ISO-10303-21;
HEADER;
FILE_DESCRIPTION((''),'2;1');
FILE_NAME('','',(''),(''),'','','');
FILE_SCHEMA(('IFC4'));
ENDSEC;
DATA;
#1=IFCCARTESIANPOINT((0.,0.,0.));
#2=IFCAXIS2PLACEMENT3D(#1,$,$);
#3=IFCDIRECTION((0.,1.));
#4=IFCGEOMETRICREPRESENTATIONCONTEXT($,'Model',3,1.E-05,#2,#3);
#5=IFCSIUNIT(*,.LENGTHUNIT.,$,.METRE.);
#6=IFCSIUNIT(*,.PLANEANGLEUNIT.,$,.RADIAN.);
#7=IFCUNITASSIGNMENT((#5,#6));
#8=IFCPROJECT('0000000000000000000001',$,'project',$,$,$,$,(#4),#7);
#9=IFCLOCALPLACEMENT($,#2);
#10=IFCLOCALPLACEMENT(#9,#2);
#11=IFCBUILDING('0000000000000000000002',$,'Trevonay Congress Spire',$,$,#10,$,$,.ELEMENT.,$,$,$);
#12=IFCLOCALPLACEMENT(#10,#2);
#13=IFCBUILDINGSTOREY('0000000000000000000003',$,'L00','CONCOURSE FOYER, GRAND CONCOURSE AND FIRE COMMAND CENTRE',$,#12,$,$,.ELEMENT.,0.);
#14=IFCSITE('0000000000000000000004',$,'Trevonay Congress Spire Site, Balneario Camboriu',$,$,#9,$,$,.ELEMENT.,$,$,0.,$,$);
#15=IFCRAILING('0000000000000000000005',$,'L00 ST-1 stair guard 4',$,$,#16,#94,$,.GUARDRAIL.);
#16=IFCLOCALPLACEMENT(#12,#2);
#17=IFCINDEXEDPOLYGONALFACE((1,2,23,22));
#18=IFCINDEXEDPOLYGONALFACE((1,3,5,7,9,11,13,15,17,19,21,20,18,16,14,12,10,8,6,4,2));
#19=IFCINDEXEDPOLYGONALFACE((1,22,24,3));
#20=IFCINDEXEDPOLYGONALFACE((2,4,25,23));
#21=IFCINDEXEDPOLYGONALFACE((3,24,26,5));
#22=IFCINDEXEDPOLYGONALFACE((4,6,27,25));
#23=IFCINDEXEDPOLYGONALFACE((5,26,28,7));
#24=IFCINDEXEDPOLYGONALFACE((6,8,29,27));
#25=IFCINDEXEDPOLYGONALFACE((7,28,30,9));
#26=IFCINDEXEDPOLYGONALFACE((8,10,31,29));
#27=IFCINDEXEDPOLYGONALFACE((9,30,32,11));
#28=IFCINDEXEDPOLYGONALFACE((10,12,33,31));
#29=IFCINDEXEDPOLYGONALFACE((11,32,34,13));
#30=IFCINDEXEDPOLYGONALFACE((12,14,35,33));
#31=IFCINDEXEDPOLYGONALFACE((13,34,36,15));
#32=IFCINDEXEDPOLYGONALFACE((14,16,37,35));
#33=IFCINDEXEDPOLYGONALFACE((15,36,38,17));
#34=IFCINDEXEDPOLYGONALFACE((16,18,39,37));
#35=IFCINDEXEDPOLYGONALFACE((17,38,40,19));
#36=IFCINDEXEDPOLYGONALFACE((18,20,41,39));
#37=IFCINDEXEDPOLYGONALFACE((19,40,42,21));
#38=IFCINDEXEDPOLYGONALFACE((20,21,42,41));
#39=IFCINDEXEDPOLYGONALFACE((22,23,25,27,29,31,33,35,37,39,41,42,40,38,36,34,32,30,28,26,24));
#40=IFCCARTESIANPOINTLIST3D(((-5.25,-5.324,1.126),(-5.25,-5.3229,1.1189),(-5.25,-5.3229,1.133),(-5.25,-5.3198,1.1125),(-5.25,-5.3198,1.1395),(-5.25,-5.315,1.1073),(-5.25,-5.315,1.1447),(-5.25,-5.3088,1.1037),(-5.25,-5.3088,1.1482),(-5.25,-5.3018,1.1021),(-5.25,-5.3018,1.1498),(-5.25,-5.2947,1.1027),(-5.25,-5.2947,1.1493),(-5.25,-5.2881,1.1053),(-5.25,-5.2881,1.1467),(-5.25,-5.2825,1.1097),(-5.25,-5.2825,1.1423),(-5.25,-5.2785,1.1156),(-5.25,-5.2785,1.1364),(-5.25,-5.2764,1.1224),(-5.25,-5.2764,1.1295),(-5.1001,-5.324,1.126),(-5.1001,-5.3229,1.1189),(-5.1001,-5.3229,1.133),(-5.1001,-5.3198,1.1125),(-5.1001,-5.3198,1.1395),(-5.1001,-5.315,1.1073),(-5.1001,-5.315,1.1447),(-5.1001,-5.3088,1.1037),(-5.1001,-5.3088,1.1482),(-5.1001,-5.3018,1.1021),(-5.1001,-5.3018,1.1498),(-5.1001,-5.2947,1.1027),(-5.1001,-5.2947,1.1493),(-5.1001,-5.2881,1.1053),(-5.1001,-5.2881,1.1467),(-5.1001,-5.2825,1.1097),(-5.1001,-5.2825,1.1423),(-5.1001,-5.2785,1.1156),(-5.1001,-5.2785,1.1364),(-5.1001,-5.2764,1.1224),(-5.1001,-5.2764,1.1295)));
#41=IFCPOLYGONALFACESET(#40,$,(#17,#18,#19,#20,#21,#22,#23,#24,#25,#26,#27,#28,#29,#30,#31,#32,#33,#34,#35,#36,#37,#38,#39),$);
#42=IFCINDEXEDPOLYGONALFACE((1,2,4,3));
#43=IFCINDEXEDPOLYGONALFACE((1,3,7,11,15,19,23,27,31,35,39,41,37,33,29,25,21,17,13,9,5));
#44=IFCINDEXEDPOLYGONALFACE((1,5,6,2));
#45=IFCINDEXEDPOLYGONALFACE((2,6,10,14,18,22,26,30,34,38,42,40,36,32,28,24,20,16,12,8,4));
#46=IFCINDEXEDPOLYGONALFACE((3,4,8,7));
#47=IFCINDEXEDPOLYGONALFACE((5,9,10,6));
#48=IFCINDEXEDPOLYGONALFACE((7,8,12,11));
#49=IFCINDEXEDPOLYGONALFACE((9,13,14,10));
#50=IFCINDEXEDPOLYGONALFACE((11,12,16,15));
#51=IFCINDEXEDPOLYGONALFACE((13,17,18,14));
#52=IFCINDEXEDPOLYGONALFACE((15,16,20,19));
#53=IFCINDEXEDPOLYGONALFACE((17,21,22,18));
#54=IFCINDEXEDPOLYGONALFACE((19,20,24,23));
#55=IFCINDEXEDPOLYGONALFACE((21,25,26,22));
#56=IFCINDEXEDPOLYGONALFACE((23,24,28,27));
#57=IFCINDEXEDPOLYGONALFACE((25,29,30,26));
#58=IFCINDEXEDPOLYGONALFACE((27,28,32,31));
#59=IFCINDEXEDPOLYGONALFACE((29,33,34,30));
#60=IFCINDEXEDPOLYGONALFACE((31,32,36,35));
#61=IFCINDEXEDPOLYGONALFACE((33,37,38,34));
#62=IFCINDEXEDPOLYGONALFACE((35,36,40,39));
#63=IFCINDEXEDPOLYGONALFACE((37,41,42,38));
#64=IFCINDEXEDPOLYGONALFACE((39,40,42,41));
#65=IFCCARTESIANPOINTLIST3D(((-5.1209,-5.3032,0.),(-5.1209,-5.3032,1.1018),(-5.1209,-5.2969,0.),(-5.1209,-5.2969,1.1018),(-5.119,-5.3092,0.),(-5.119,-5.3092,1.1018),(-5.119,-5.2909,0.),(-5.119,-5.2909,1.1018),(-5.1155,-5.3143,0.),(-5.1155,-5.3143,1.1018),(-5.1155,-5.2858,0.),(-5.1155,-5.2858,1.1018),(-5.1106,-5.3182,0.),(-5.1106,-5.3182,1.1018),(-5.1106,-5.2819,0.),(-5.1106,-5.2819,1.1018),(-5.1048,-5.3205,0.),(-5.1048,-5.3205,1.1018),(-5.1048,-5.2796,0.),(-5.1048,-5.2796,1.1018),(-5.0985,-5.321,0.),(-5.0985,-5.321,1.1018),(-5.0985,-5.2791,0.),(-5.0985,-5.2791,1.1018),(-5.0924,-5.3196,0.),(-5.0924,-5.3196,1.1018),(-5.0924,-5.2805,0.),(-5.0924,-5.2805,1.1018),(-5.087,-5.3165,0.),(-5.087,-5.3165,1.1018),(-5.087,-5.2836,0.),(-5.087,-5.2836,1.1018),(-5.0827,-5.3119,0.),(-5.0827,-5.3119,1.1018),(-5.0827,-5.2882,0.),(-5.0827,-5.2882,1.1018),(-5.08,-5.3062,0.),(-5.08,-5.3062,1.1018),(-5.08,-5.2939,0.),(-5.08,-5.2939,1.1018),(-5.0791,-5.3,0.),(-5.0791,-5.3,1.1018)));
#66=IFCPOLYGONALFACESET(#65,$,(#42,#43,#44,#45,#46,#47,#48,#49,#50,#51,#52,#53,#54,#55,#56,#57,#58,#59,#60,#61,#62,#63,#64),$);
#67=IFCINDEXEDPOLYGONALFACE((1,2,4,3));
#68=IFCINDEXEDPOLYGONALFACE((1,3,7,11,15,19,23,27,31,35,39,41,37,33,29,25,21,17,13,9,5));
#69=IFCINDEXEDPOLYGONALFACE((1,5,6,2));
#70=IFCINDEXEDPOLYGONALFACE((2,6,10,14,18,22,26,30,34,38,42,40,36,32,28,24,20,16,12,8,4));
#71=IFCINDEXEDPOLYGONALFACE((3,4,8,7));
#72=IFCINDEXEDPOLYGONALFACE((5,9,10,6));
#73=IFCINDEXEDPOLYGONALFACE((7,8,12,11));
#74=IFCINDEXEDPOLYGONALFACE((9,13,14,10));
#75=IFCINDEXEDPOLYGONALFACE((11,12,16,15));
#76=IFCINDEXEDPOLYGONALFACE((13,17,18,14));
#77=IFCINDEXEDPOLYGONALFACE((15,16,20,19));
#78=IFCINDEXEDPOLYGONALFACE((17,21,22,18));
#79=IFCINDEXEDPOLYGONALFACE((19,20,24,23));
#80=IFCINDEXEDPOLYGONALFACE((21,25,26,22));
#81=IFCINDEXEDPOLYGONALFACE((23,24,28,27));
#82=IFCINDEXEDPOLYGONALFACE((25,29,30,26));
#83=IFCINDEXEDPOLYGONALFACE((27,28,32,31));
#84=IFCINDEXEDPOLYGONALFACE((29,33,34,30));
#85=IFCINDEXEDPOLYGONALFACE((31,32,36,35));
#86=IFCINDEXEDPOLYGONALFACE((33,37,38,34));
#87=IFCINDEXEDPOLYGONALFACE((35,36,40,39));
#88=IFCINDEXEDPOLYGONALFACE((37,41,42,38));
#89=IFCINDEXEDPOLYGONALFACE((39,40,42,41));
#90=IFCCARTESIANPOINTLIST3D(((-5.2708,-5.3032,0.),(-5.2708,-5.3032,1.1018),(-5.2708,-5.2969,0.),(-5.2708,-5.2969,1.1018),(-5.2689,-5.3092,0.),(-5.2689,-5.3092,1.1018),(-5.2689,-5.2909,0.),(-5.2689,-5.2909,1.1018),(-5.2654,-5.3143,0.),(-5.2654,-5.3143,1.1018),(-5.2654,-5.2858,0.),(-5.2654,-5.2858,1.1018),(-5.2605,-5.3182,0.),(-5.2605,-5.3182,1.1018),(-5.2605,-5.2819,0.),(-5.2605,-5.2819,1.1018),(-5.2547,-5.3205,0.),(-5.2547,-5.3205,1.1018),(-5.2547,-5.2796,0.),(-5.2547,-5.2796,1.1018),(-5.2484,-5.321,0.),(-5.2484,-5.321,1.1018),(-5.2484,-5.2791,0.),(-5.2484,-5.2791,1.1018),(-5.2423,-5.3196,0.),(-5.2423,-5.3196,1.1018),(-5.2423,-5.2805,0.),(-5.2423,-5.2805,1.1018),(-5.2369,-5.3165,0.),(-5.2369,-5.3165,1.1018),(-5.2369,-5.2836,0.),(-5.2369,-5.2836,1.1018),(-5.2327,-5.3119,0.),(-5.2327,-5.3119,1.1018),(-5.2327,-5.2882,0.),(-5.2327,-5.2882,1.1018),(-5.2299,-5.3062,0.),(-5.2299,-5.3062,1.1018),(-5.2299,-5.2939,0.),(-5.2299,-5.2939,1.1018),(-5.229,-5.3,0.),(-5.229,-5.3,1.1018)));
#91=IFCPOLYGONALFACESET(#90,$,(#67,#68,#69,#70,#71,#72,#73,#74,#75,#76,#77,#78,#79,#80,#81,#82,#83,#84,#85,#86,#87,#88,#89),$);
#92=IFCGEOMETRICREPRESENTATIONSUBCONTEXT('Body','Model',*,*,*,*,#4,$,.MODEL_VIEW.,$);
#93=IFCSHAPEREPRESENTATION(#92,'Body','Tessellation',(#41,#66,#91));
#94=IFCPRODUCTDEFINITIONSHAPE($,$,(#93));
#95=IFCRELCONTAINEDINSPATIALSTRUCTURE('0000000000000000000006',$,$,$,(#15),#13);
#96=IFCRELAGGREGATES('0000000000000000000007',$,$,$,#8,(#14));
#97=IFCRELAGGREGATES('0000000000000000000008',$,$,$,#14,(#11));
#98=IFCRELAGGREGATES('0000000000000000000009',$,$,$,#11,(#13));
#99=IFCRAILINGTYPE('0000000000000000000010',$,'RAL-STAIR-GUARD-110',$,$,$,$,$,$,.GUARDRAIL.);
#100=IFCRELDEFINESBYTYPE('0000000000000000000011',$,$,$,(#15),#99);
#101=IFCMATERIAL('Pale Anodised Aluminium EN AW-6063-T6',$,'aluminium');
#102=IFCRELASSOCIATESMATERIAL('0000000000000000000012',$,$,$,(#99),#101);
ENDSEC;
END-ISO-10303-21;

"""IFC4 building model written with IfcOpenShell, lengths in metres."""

from ifc_helpers import new_model, si_unit, direction, frame, origin, origin_2d, place, context, subcontext, project, spatial, circle, extrude, material, type_object, element, save


model = new_model("IFC4")

# Units and contexts
model_context = context("Model", 3, precision=1e-05, world=origin(), true_north=direction((0.0, 1.0)))
body_context = subcontext(model_context, "Body", "Model", "MODEL_VIEW")
ifc_project = project(units=[si_unit("LENGTHUNIT", "METRE"), si_unit("PLANEANGLEUNIT", "RADIAN")], contexts=[model_context])

# Site, building, storey
site_placement = place(None, origin())
site = spatial("IfcSite", under=ifc_project, at=site_placement, Name="Trevonay Congress Spire Site, Balneario Camboriu", CompositionType="ELEMENT", RefElevation=0.0)
building_placement = place(site_placement, origin())
building = spatial("IfcBuilding", under=site, at=building_placement, Name="Trevonay Congress Spire", CompositionType="ELEMENT")
storey_placement = place(building_placement, origin())
storey = spatial("IfcBuildingStorey", under=building, at=storey_placement, Name="L00", Description="CONCOURSE FOYER, GRAND CONCOURSE AND FIRE COMMAND CENTRE", CompositionType="ELEMENT", Elevation=0.0)

# Railing
ifc_material_1 = material(Name="Pale Anodised Aluminium EN AW-6063-T6", Category="aluminium")
railing_type_1 = type_object("IfcRailingType", Name="RAL-STAIR-GUARD-110", PredefinedType="GUARDRAIL", material=ifc_material_1)
railing_1_placement = place(storey_placement, frame((-5.1001, -5.3, 0.0)))
element("IfcRailing", 1, at=railing_1_placement, inside=storey, type_object=railing_type_1, Name="L00 ST-1 stair guard 4", PredefinedType="GUARDRAIL", context=body_context, shape_type="SweptSolid", body=[
    extrude(circle(Radius=0.0239, at=origin_2d()), frame((0.0, 0.0, 1.126), z_axis=(-1.0, 0.0, 0.0), x_axis=(0.0, -1.0, 0.0)), (0.0, 0.0, 1.0), 0.1499),
    extrude(circle(Radius=0.021, at=origin_2d()), origin(), (0.0, 0.0, 1.0), 1.1018),
    extrude(circle(Radius=0.021, at=origin_2d()), frame((-0.1499, 0.0, 0.0)), (0.0, 0.0, 1.0), 1.1018),
])

save(model, "model.ifc")
